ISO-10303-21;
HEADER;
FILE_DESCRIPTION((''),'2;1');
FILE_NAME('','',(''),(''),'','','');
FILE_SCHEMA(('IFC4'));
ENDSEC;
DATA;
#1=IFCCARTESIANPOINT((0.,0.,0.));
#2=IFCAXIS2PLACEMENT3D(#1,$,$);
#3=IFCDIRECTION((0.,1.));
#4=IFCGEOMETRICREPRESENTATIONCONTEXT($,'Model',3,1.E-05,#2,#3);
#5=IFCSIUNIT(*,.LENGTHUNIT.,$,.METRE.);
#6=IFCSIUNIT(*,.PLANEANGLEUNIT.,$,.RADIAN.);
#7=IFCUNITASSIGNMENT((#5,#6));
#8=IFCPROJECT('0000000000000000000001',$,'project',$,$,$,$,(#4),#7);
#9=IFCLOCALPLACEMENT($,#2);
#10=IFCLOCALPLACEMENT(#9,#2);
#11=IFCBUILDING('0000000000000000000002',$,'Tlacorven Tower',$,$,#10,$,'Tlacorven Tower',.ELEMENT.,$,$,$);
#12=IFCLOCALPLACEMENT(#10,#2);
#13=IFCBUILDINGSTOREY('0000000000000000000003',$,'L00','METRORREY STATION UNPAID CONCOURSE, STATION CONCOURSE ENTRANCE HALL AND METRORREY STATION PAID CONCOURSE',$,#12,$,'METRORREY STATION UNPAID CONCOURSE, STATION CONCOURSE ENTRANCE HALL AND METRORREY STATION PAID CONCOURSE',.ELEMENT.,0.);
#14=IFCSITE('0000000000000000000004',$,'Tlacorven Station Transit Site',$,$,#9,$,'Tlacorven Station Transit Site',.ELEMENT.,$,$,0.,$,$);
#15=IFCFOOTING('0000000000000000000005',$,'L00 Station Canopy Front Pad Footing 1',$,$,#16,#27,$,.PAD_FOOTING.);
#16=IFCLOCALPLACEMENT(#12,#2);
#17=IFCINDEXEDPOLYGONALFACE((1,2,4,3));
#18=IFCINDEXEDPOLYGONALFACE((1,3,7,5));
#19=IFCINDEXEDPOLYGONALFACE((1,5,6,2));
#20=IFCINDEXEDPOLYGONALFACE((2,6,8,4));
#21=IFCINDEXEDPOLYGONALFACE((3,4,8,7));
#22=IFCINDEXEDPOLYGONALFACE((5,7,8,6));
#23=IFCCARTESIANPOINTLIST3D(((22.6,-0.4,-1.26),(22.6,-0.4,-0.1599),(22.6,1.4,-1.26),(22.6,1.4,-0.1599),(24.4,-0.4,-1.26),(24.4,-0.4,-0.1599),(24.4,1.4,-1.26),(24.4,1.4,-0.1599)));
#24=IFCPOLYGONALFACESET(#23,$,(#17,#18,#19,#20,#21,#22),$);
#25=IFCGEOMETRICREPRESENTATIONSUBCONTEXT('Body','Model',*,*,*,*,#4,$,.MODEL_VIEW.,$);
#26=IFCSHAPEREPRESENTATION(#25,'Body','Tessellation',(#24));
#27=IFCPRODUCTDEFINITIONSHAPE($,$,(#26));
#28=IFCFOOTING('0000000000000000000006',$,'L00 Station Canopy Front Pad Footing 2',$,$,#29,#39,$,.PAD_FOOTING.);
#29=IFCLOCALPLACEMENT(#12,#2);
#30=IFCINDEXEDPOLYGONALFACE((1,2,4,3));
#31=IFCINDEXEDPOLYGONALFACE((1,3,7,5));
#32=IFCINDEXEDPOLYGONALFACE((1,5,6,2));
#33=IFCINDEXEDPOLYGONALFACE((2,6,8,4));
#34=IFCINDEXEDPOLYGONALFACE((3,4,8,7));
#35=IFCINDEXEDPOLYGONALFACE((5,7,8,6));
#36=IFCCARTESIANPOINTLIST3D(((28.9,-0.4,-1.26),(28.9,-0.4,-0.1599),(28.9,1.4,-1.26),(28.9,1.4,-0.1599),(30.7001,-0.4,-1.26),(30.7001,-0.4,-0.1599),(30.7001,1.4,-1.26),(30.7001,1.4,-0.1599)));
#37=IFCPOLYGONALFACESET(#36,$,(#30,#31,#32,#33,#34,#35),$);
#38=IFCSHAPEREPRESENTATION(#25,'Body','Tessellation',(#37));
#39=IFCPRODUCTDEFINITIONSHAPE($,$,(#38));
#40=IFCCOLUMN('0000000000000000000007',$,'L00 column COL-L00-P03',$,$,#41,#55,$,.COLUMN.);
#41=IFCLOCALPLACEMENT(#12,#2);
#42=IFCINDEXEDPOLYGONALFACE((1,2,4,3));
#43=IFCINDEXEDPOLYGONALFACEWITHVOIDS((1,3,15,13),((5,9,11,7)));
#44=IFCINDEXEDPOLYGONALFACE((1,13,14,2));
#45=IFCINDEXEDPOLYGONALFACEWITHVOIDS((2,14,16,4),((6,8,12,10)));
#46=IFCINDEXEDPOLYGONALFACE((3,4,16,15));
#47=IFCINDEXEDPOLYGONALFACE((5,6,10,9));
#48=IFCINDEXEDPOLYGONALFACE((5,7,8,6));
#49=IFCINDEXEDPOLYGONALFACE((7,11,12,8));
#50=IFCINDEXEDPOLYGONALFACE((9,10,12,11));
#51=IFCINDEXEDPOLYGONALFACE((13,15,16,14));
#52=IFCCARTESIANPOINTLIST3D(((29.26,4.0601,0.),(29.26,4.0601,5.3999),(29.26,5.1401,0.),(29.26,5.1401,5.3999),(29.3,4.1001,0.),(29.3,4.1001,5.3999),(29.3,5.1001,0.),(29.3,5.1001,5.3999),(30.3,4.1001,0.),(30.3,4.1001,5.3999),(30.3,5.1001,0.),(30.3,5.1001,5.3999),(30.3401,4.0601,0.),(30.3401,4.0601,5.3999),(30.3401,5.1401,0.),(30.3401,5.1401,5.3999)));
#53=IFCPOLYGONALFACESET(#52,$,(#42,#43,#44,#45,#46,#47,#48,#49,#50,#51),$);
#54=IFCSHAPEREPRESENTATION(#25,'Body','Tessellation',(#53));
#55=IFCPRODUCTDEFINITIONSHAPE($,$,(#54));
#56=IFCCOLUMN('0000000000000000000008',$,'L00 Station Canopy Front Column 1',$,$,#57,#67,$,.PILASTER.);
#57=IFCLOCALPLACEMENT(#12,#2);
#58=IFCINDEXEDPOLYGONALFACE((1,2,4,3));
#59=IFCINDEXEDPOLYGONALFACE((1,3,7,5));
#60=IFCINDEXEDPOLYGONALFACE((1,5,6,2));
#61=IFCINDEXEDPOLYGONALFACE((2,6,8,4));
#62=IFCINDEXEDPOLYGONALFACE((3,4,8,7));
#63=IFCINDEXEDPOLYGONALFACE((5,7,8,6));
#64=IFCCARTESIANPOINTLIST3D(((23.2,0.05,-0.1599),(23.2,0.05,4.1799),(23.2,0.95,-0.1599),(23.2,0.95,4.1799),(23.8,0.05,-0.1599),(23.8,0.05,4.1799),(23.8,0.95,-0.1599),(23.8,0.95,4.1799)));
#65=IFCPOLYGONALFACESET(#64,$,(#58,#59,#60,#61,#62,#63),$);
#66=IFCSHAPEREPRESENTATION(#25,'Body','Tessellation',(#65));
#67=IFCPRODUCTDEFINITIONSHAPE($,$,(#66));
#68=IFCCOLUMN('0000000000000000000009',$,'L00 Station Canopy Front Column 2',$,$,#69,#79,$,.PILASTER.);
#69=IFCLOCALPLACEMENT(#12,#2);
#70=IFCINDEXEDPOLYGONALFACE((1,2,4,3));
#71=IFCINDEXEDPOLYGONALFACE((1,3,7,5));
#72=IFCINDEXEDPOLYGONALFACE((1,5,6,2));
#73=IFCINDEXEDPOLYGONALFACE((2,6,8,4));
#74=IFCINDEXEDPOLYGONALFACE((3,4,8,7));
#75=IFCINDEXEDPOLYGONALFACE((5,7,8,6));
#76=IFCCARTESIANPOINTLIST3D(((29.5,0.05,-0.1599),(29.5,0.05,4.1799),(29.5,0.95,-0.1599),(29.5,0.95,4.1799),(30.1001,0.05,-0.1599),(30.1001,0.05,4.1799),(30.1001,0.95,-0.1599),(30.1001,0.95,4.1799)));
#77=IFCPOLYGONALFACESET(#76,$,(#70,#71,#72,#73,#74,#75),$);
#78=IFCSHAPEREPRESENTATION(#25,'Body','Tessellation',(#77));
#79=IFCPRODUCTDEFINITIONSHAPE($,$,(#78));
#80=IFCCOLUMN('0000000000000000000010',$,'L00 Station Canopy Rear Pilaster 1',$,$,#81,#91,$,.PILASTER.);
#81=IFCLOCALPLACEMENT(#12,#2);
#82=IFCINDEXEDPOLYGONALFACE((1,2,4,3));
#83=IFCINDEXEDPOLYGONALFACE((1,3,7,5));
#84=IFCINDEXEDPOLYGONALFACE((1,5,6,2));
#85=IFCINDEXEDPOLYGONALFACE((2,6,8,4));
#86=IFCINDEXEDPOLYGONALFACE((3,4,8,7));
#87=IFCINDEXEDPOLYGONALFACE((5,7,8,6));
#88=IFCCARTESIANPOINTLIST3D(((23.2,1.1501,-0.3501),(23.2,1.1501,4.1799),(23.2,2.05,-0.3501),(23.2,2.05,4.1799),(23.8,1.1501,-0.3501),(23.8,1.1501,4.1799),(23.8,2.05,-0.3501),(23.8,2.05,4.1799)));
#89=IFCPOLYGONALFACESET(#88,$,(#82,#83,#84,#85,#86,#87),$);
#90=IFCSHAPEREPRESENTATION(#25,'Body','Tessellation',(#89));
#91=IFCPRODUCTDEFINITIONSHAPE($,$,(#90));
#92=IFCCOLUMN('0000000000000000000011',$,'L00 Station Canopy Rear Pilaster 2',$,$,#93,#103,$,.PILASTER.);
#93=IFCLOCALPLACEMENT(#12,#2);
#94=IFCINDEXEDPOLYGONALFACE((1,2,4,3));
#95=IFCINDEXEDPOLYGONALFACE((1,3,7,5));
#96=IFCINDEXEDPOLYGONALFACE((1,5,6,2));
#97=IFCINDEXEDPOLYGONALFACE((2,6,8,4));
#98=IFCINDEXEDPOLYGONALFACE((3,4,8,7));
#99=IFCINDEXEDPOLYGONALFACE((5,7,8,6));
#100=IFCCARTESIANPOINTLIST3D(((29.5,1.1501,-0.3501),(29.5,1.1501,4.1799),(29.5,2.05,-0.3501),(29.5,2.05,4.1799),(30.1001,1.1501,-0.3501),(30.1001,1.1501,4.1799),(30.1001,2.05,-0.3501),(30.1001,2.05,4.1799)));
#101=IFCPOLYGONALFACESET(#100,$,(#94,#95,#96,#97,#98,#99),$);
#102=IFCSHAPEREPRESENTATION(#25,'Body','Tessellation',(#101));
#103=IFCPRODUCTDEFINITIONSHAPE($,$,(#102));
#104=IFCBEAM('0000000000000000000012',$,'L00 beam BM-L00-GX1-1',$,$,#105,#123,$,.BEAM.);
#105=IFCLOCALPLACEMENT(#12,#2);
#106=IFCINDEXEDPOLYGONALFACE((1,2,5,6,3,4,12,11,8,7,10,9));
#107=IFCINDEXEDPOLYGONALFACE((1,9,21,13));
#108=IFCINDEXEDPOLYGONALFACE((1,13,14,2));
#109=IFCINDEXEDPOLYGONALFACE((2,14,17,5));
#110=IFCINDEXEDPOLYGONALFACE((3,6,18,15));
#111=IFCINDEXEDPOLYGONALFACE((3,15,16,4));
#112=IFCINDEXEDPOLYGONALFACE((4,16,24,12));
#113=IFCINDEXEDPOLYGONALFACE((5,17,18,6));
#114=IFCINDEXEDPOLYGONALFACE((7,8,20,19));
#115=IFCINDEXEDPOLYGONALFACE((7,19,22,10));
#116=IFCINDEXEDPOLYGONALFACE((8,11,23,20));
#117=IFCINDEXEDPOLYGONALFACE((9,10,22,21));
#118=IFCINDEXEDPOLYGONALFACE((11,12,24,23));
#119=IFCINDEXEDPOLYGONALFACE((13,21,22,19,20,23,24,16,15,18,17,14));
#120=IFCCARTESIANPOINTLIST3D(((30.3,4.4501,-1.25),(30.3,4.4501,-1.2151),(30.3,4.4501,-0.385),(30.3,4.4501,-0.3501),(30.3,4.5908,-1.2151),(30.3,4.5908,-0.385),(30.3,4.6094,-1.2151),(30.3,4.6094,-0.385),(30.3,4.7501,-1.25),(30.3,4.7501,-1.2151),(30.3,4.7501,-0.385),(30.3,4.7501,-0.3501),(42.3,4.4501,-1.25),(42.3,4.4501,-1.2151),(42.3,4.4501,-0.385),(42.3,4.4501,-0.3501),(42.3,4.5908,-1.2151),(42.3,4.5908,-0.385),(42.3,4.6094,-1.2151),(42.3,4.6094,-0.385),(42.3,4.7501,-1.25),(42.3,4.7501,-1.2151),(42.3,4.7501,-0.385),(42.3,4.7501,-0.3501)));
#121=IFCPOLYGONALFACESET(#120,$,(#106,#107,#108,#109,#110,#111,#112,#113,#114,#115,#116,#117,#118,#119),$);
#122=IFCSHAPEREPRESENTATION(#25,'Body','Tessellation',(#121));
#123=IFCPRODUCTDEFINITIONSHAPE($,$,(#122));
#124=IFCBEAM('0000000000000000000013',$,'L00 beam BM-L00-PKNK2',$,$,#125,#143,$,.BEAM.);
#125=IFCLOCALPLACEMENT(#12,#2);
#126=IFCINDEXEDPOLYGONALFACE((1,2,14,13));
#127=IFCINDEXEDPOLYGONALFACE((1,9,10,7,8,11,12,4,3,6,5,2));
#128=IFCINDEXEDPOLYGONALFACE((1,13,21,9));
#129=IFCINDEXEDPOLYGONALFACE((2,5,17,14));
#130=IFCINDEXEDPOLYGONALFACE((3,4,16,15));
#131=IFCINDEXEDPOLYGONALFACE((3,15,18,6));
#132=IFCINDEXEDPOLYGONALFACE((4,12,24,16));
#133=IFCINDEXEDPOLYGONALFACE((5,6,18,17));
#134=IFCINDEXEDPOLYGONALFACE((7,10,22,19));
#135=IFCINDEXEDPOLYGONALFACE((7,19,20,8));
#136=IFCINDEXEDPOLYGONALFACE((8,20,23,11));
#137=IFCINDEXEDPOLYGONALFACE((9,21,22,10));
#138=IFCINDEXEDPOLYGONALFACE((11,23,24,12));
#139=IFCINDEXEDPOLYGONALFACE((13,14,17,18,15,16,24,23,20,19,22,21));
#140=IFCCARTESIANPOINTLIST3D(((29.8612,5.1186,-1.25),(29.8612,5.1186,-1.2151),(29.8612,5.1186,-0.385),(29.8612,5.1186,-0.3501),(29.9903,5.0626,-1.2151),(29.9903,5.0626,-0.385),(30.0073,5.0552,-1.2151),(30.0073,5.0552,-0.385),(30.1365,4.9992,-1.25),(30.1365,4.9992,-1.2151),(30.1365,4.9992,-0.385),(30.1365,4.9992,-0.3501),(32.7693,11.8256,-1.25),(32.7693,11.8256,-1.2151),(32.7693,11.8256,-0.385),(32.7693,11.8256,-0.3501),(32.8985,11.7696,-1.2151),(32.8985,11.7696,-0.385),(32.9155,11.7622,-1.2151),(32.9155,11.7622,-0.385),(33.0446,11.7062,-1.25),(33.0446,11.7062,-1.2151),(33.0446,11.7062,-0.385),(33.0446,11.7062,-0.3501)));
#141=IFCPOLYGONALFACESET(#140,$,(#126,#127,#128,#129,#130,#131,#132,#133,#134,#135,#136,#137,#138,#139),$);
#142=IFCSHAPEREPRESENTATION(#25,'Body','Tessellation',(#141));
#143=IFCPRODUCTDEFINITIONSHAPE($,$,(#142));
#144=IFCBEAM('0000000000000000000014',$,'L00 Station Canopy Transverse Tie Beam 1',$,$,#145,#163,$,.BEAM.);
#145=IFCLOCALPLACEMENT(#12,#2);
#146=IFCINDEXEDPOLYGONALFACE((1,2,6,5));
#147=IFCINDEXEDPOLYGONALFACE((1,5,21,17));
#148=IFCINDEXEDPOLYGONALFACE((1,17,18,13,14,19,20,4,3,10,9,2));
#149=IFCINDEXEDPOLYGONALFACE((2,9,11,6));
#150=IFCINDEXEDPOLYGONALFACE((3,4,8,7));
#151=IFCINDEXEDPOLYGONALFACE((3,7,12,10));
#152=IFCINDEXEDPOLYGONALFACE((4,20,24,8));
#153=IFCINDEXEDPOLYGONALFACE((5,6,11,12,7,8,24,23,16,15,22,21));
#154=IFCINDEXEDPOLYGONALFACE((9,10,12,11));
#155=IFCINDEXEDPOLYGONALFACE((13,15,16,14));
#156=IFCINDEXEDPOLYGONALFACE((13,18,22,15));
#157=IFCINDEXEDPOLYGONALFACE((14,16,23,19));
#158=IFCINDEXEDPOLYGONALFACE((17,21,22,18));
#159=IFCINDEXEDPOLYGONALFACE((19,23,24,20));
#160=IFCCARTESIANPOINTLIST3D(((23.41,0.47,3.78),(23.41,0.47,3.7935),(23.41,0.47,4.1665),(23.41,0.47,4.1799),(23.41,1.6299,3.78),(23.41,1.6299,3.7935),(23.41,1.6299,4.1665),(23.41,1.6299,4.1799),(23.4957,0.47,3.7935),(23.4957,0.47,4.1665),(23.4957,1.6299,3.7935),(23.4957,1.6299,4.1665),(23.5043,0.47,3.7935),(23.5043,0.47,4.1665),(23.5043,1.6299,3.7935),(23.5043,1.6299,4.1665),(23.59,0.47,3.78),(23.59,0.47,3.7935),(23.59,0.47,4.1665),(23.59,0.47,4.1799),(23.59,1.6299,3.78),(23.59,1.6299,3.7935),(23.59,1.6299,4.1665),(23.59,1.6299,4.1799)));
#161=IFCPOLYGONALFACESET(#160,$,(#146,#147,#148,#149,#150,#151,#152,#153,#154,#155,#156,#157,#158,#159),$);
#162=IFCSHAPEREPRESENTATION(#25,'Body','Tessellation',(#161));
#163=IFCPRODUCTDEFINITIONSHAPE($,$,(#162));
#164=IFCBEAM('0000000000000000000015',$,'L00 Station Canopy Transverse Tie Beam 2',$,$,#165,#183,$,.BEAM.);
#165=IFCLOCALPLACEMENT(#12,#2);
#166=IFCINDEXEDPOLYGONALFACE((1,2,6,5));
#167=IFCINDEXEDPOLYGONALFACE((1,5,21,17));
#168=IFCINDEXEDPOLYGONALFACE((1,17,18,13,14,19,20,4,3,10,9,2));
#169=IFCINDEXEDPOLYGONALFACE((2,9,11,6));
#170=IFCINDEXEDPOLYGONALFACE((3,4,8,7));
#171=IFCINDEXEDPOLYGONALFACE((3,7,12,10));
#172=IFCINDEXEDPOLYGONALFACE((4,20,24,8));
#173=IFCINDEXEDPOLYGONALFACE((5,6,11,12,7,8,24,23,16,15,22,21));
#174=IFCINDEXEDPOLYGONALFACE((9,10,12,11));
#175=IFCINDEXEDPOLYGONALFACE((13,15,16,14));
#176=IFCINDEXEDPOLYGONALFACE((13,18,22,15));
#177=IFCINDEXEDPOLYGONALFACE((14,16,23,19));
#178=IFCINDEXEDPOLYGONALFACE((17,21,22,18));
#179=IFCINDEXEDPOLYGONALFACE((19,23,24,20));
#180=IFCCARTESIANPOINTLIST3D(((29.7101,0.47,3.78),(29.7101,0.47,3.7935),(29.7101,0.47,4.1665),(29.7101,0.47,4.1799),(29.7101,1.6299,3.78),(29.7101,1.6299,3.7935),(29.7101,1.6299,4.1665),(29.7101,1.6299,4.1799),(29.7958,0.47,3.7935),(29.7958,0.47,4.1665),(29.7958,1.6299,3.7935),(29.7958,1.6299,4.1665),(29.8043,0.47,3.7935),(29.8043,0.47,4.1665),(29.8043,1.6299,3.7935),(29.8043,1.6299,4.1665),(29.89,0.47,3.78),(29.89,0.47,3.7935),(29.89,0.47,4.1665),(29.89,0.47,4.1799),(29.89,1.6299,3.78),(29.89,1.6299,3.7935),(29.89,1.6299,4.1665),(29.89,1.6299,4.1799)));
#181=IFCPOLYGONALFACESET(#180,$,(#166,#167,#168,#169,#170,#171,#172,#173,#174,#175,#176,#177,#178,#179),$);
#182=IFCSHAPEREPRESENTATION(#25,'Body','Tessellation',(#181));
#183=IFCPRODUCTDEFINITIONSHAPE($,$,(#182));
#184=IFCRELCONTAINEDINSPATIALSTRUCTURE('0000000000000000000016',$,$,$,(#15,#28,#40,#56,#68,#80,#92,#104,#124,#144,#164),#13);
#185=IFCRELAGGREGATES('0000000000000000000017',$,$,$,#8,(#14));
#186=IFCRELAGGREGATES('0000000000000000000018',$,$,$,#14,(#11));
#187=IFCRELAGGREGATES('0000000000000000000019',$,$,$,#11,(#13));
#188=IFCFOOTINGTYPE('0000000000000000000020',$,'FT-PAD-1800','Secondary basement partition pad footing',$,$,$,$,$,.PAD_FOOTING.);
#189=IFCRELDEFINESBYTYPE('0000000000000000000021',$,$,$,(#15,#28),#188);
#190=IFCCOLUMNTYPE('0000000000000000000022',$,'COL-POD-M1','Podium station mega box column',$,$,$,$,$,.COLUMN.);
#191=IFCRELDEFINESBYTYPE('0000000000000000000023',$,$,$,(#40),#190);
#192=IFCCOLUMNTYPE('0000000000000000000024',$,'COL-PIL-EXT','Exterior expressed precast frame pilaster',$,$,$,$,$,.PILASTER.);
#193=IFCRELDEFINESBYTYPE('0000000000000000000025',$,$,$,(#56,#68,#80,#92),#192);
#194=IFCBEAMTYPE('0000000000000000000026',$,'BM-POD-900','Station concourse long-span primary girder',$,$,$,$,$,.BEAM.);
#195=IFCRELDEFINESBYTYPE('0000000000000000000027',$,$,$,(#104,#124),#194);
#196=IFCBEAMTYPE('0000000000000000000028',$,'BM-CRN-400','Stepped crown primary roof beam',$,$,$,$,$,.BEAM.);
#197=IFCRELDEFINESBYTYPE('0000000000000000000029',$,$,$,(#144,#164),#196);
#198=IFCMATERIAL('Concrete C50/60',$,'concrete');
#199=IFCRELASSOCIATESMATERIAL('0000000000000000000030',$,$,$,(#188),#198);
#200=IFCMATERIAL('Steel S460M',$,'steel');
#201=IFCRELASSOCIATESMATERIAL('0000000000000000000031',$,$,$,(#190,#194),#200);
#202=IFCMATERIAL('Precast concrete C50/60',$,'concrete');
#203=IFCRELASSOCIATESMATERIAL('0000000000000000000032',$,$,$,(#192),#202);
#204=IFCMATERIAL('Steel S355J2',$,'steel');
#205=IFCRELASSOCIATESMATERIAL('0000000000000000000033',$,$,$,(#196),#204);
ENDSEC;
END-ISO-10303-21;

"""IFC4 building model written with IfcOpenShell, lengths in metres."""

from ifc_helpers import new_model, si_unit, direction, frame, origin, origin_2d, place, context, subcontext, project, spatial, rectangle, hollow_rectangle, i_section, extrude, source, transform, mapped, material, material_profile, profile_set, type_object, element, save


model = new_model("IFC4")

# Units and contexts
model_context = context("Model", 3, precision=1e-05, world=origin(), true_north=direction((0.0, 1.0)))
body_context = subcontext(model_context, "Body", "Model", "MODEL_VIEW")
ifc_project = project(units=[si_unit("LENGTHUNIT", "METRE"), si_unit("PLANEANGLEUNIT", "RADIAN")], contexts=[model_context])

# Site, building, storey
site_placement = place(None, origin())
site = spatial("IfcSite", under=ifc_project, at=site_placement, Name="Tlacorven Station Transit Site", LongName="Tlacorven Station Transit Site", CompositionType="ELEMENT", RefElevation=0.0)
building_placement = place(site_placement, origin())
building = spatial("IfcBuilding", under=site, at=building_placement, Name="Tlacorven Tower", LongName="Tlacorven Tower", CompositionType="ELEMENT")
storey_placement = place(building_placement, origin())
storey = spatial("IfcBuildingStorey", under=building, at=storey_placement, Name="L00", Description="METRORREY STATION UNPAID CONCOURSE, STATION CONCOURSE ENTRANCE HALL AND METRORREY STATION PAID CONCOURSE", LongName="METRORREY STATION UNPAID CONCOURSE, STATION CONCOURSE ENTRANCE HALL AND METRORREY STATION PAID CONCOURSE", CompositionType="ELEMENT", Elevation=0.0)

# Footings
ifc_material_1 = material(Name="Concrete C50/60", Category="concrete")
footing_type = type_object("IfcFootingType", Name="FT-PAD-1800", Description="Secondary basement partition pad footing", PredefinedType="PAD_FOOTING", material=ifc_material_1)
shared_shape_1 = source(origin(), body_context, "Body", "SweptSolid", [
    extrude(rectangle(XDim=1.8, YDim=1.8, at=origin_2d()), origin(), (0.0, 0.0, 1.0), 1.1001),
])
for number, where, z_axis, x_axis, name in (
    (1, (23.5, 0.5, -1.26), (0.0, 0.0, 1.0), (1.0, 0.0, 0.0), "L00 Station Canopy Front Pad Footing 1"),
    (2, (29.8, 0.5, -1.26), (0.0, 0.0, 1.0), (1.0, 0.0, 0.0), "L00 Station Canopy Front Pad Footing 2"),
):
    element("IfcFooting", number, at=place(storey_placement, frame(where, z_axis=z_axis, x_axis=x_axis)), inside=storey, type_object=footing_type, Name=name, PredefinedType="PAD_FOOTING", context=body_context, shape_type="MappedRepresentation", body=[
        mapped(shared_shape_1, transform((0.0, 0.0, 0.0), scale=1.0)),
    ])

# Columns
ifc_material_2 = material(Name="Steel S460M", Category="steel")
ifc_material_profile_1 = material_profile(ifc_material_2, hollow_rectangle(XDim=1.0801, YDim=1.0801, WallThickness=0.04, at=origin_2d()), Name="BOX 1080X1080X40")
ifc_profile_set_1 = profile_set([ifc_material_profile_1], Name="Steel S460M")
column_type_1 = type_object("IfcColumnType", Name="COL-POD-M1", Description="Podium station mega box column", PredefinedType="COLUMN", material=ifc_profile_set_1)
shared_shape_2 = source(origin(), body_context, "Body", "SweptSolid", [
    extrude(hollow_rectangle(XDim=1.0801, YDim=1.0801, WallThickness=0.04, at=origin_2d()), origin(), (0.0, 0.0, 1.0), 5.3999),
])
column_placement = place(storey_placement, frame((29.8, 4.6001, 0.0), z_axis=(0.0, 0.0, 1.0), x_axis=(1.0, 0.0, 0.0)))
element("IfcColumn", 3, at=column_placement, inside=storey, type_object=column_type_1, Name="L00 column COL-L00-P03", PredefinedType="COLUMN", context=body_context, shape_type="MappedRepresentation", body=[
    mapped(shared_shape_2, transform((0.0, 0.0, 0.0), scale=1.0)),
])
ifc_material_3 = material(Name="Precast concrete C50/60", Category="concrete")
ifc_material_profile_2 = material_profile(ifc_material_3, rectangle(XDim=0.6001, YDim=0.8999, at=origin_2d()), Name="RC 600X900")
ifc_profile_set_2 = profile_set([ifc_material_profile_2], Name="Precast concrete C50/60")
column_type_2 = type_object("IfcColumnType", Name="COL-PIL-EXT", Description="Exterior expressed precast frame pilaster", PredefinedType="PILASTER", material=ifc_profile_set_2)
shared_shape_3 = source(origin(), body_context, "Body", "SweptSolid", [
    extrude(rectangle(XDim=0.6001, YDim=0.8999, at=origin_2d()), origin(), (0.0, 0.0, 1.0), 4.3398),
])
for number, where, z_axis, x_axis, name in (
    (4, (23.5, 0.5, -0.1599), (0.0, 0.0, 1.0), (1.0, 0.0, 0.0), "L00 Station Canopy Front Column 1"),
    (5, (29.8, 0.5, -0.1599), (0.0, 0.0, 1.0), (1.0, 0.0, 0.0), "L00 Station Canopy Front Column 2"),
):
    element("IfcColumn", number, at=place(storey_placement, frame(where, z_axis=z_axis, x_axis=x_axis)), inside=storey, type_object=column_type_2, Name=name, PredefinedType="PILASTER", context=body_context, shape_type="MappedRepresentation", body=[
        mapped(shared_shape_3, transform((0.0, 0.0, 0.0), scale=1.0)),
    ])
shared_shape_4 = source(origin(), body_context, "Body", "SweptSolid", [
    extrude(rectangle(XDim=0.6001, YDim=0.8999, at=origin_2d()), origin(), (0.0, 0.0, 1.0), 4.53),
])
for number, where, z_axis, x_axis, name in (
    (6, (23.5, 1.6001, -0.3501), (0.0, 0.0, 1.0), (1.0, 0.0, 0.0), "L00 Station Canopy Rear Pilaster 1"),
    (7, (29.8, 1.6001, -0.3501), (0.0, 0.0, 1.0), (1.0, 0.0, 0.0), "L00 Station Canopy Rear Pilaster 2"),
):
    element("IfcColumn", number, at=place(storey_placement, frame(where, z_axis=z_axis, x_axis=x_axis)), inside=storey, type_object=column_type_2, Name=name, PredefinedType="PILASTER", context=body_context, shape_type="MappedRepresentation", body=[
        mapped(shared_shape_4, transform((0.0, 0.0, 0.0), scale=1.0)),
    ])

# Beams
ifc_material_profile_3 = material_profile(ifc_material_2, i_section(OverallWidth=0.3, OverallDepth=0.8999, WebThickness=0.0186, FlangeThickness=0.0349, at=origin_2d()), Name="HEB 900")
ifc_profile_set_3 = profile_set([ifc_material_profile_3], Name="Steel S460M")
beam_type_1 = type_object("IfcBeamType", Name="BM-POD-900", Description="Station concourse long-span primary girder", PredefinedType="BEAM", material=ifc_profile_set_3)
shared_shape_5 = source(origin(), body_context, "Body", "SweptSolid", [
    extrude(i_section(OverallWidth=0.3, OverallDepth=0.8999, WebThickness=0.0186, FlangeThickness=0.0349, at=origin_2d()), origin(), (0.0, 0.0, 1.0), 12.0),
])
beam_1_placement = place(storey_placement, frame((30.3, 4.6001, -0.8), z_axis=(1.0, 0.0, 0.0), x_axis=(0.0, 1.0, 0.0)))
element("IfcBeam", 8, at=beam_1_placement, inside=storey, type_object=beam_type_1, Name="L00 beam BM-L00-GX1-1", PredefinedType="BEAM", context=body_context, shape_type="MappedRepresentation", body=[
    mapped(shared_shape_5, transform((0.0, 0.0, 0.0), scale=1.0)),
])
shared_shape_6 = source(origin(), body_context, "Body", "SweptSolid", [
    extrude(i_section(OverallWidth=0.3, OverallDepth=0.8999, WebThickness=0.0186, FlangeThickness=0.0349, at=origin_2d()), origin(), (0.0, 0.0, 1.0), 7.3103),
])
beam_2_placement = place(storey_placement, frame((32.907, 11.7659, -0.8), z_axis=(-0.397817, -0.917465, 0.0), x_axis=(0.917465, -0.397817, 0.0)))
element("IfcBeam", 9, at=beam_2_placement, inside=storey, type_object=beam_type_1, Name="L00 beam BM-L00-PKNK2", PredefinedType="BEAM", context=body_context, shape_type="MappedRepresentation", body=[
    mapped(shared_shape_6, transform((0.0, 0.0, 0.0), scale=1.0)),
])
ifc_material_4 = material(Name="Steel S355J2", Category="steel")
ifc_material_profile_4 = material_profile(ifc_material_4, i_section(OverallWidth=0.1799, OverallDepth=0.3999, WebThickness=0.0085, FlangeThickness=0.0134, at=origin_2d()), Name="IPE 400")
ifc_profile_set_4 = profile_set([ifc_material_profile_4], Name="Steel S355J2")
beam_type_2 = type_object("IfcBeamType", Name="BM-CRN-400", Description="Stepped crown primary roof beam", PredefinedType="BEAM", material=ifc_profile_set_4)
shared_shape_7 = source(origin(), body_context, "Body", "SweptSolid", [
    extrude(i_section(OverallWidth=0.1799, OverallDepth=0.3999, WebThickness=0.0085, FlangeThickness=0.0134, at=origin_2d()), origin(), (0.0, 0.0, 1.0), 1.1599),
])
for number, where, z_axis, x_axis, name in (
    (10, (23.5, 0.47, 3.98), (0.0, 1.0, 0.0), (-1.0, 0.0, 0.0), "L00 Station Canopy Transverse Tie Beam 1"),
    (11, (29.8, 0.47, 3.98), (0.0, 1.0, 0.0), (-1.0, 0.0, 0.0), "L00 Station Canopy Transverse Tie Beam 2"),
):
    element("IfcBeam", number, at=place(storey_placement, frame(where, z_axis=z_axis, x_axis=x_axis)), inside=storey, type_object=beam_type_2, Name=name, PredefinedType="BEAM", context=body_context, shape_type="MappedRepresentation", body=[
        mapped(shared_shape_7, transform((0.0, 0.0, 0.0), scale=1.0)),
    ])

save(model, "model.ifc")
